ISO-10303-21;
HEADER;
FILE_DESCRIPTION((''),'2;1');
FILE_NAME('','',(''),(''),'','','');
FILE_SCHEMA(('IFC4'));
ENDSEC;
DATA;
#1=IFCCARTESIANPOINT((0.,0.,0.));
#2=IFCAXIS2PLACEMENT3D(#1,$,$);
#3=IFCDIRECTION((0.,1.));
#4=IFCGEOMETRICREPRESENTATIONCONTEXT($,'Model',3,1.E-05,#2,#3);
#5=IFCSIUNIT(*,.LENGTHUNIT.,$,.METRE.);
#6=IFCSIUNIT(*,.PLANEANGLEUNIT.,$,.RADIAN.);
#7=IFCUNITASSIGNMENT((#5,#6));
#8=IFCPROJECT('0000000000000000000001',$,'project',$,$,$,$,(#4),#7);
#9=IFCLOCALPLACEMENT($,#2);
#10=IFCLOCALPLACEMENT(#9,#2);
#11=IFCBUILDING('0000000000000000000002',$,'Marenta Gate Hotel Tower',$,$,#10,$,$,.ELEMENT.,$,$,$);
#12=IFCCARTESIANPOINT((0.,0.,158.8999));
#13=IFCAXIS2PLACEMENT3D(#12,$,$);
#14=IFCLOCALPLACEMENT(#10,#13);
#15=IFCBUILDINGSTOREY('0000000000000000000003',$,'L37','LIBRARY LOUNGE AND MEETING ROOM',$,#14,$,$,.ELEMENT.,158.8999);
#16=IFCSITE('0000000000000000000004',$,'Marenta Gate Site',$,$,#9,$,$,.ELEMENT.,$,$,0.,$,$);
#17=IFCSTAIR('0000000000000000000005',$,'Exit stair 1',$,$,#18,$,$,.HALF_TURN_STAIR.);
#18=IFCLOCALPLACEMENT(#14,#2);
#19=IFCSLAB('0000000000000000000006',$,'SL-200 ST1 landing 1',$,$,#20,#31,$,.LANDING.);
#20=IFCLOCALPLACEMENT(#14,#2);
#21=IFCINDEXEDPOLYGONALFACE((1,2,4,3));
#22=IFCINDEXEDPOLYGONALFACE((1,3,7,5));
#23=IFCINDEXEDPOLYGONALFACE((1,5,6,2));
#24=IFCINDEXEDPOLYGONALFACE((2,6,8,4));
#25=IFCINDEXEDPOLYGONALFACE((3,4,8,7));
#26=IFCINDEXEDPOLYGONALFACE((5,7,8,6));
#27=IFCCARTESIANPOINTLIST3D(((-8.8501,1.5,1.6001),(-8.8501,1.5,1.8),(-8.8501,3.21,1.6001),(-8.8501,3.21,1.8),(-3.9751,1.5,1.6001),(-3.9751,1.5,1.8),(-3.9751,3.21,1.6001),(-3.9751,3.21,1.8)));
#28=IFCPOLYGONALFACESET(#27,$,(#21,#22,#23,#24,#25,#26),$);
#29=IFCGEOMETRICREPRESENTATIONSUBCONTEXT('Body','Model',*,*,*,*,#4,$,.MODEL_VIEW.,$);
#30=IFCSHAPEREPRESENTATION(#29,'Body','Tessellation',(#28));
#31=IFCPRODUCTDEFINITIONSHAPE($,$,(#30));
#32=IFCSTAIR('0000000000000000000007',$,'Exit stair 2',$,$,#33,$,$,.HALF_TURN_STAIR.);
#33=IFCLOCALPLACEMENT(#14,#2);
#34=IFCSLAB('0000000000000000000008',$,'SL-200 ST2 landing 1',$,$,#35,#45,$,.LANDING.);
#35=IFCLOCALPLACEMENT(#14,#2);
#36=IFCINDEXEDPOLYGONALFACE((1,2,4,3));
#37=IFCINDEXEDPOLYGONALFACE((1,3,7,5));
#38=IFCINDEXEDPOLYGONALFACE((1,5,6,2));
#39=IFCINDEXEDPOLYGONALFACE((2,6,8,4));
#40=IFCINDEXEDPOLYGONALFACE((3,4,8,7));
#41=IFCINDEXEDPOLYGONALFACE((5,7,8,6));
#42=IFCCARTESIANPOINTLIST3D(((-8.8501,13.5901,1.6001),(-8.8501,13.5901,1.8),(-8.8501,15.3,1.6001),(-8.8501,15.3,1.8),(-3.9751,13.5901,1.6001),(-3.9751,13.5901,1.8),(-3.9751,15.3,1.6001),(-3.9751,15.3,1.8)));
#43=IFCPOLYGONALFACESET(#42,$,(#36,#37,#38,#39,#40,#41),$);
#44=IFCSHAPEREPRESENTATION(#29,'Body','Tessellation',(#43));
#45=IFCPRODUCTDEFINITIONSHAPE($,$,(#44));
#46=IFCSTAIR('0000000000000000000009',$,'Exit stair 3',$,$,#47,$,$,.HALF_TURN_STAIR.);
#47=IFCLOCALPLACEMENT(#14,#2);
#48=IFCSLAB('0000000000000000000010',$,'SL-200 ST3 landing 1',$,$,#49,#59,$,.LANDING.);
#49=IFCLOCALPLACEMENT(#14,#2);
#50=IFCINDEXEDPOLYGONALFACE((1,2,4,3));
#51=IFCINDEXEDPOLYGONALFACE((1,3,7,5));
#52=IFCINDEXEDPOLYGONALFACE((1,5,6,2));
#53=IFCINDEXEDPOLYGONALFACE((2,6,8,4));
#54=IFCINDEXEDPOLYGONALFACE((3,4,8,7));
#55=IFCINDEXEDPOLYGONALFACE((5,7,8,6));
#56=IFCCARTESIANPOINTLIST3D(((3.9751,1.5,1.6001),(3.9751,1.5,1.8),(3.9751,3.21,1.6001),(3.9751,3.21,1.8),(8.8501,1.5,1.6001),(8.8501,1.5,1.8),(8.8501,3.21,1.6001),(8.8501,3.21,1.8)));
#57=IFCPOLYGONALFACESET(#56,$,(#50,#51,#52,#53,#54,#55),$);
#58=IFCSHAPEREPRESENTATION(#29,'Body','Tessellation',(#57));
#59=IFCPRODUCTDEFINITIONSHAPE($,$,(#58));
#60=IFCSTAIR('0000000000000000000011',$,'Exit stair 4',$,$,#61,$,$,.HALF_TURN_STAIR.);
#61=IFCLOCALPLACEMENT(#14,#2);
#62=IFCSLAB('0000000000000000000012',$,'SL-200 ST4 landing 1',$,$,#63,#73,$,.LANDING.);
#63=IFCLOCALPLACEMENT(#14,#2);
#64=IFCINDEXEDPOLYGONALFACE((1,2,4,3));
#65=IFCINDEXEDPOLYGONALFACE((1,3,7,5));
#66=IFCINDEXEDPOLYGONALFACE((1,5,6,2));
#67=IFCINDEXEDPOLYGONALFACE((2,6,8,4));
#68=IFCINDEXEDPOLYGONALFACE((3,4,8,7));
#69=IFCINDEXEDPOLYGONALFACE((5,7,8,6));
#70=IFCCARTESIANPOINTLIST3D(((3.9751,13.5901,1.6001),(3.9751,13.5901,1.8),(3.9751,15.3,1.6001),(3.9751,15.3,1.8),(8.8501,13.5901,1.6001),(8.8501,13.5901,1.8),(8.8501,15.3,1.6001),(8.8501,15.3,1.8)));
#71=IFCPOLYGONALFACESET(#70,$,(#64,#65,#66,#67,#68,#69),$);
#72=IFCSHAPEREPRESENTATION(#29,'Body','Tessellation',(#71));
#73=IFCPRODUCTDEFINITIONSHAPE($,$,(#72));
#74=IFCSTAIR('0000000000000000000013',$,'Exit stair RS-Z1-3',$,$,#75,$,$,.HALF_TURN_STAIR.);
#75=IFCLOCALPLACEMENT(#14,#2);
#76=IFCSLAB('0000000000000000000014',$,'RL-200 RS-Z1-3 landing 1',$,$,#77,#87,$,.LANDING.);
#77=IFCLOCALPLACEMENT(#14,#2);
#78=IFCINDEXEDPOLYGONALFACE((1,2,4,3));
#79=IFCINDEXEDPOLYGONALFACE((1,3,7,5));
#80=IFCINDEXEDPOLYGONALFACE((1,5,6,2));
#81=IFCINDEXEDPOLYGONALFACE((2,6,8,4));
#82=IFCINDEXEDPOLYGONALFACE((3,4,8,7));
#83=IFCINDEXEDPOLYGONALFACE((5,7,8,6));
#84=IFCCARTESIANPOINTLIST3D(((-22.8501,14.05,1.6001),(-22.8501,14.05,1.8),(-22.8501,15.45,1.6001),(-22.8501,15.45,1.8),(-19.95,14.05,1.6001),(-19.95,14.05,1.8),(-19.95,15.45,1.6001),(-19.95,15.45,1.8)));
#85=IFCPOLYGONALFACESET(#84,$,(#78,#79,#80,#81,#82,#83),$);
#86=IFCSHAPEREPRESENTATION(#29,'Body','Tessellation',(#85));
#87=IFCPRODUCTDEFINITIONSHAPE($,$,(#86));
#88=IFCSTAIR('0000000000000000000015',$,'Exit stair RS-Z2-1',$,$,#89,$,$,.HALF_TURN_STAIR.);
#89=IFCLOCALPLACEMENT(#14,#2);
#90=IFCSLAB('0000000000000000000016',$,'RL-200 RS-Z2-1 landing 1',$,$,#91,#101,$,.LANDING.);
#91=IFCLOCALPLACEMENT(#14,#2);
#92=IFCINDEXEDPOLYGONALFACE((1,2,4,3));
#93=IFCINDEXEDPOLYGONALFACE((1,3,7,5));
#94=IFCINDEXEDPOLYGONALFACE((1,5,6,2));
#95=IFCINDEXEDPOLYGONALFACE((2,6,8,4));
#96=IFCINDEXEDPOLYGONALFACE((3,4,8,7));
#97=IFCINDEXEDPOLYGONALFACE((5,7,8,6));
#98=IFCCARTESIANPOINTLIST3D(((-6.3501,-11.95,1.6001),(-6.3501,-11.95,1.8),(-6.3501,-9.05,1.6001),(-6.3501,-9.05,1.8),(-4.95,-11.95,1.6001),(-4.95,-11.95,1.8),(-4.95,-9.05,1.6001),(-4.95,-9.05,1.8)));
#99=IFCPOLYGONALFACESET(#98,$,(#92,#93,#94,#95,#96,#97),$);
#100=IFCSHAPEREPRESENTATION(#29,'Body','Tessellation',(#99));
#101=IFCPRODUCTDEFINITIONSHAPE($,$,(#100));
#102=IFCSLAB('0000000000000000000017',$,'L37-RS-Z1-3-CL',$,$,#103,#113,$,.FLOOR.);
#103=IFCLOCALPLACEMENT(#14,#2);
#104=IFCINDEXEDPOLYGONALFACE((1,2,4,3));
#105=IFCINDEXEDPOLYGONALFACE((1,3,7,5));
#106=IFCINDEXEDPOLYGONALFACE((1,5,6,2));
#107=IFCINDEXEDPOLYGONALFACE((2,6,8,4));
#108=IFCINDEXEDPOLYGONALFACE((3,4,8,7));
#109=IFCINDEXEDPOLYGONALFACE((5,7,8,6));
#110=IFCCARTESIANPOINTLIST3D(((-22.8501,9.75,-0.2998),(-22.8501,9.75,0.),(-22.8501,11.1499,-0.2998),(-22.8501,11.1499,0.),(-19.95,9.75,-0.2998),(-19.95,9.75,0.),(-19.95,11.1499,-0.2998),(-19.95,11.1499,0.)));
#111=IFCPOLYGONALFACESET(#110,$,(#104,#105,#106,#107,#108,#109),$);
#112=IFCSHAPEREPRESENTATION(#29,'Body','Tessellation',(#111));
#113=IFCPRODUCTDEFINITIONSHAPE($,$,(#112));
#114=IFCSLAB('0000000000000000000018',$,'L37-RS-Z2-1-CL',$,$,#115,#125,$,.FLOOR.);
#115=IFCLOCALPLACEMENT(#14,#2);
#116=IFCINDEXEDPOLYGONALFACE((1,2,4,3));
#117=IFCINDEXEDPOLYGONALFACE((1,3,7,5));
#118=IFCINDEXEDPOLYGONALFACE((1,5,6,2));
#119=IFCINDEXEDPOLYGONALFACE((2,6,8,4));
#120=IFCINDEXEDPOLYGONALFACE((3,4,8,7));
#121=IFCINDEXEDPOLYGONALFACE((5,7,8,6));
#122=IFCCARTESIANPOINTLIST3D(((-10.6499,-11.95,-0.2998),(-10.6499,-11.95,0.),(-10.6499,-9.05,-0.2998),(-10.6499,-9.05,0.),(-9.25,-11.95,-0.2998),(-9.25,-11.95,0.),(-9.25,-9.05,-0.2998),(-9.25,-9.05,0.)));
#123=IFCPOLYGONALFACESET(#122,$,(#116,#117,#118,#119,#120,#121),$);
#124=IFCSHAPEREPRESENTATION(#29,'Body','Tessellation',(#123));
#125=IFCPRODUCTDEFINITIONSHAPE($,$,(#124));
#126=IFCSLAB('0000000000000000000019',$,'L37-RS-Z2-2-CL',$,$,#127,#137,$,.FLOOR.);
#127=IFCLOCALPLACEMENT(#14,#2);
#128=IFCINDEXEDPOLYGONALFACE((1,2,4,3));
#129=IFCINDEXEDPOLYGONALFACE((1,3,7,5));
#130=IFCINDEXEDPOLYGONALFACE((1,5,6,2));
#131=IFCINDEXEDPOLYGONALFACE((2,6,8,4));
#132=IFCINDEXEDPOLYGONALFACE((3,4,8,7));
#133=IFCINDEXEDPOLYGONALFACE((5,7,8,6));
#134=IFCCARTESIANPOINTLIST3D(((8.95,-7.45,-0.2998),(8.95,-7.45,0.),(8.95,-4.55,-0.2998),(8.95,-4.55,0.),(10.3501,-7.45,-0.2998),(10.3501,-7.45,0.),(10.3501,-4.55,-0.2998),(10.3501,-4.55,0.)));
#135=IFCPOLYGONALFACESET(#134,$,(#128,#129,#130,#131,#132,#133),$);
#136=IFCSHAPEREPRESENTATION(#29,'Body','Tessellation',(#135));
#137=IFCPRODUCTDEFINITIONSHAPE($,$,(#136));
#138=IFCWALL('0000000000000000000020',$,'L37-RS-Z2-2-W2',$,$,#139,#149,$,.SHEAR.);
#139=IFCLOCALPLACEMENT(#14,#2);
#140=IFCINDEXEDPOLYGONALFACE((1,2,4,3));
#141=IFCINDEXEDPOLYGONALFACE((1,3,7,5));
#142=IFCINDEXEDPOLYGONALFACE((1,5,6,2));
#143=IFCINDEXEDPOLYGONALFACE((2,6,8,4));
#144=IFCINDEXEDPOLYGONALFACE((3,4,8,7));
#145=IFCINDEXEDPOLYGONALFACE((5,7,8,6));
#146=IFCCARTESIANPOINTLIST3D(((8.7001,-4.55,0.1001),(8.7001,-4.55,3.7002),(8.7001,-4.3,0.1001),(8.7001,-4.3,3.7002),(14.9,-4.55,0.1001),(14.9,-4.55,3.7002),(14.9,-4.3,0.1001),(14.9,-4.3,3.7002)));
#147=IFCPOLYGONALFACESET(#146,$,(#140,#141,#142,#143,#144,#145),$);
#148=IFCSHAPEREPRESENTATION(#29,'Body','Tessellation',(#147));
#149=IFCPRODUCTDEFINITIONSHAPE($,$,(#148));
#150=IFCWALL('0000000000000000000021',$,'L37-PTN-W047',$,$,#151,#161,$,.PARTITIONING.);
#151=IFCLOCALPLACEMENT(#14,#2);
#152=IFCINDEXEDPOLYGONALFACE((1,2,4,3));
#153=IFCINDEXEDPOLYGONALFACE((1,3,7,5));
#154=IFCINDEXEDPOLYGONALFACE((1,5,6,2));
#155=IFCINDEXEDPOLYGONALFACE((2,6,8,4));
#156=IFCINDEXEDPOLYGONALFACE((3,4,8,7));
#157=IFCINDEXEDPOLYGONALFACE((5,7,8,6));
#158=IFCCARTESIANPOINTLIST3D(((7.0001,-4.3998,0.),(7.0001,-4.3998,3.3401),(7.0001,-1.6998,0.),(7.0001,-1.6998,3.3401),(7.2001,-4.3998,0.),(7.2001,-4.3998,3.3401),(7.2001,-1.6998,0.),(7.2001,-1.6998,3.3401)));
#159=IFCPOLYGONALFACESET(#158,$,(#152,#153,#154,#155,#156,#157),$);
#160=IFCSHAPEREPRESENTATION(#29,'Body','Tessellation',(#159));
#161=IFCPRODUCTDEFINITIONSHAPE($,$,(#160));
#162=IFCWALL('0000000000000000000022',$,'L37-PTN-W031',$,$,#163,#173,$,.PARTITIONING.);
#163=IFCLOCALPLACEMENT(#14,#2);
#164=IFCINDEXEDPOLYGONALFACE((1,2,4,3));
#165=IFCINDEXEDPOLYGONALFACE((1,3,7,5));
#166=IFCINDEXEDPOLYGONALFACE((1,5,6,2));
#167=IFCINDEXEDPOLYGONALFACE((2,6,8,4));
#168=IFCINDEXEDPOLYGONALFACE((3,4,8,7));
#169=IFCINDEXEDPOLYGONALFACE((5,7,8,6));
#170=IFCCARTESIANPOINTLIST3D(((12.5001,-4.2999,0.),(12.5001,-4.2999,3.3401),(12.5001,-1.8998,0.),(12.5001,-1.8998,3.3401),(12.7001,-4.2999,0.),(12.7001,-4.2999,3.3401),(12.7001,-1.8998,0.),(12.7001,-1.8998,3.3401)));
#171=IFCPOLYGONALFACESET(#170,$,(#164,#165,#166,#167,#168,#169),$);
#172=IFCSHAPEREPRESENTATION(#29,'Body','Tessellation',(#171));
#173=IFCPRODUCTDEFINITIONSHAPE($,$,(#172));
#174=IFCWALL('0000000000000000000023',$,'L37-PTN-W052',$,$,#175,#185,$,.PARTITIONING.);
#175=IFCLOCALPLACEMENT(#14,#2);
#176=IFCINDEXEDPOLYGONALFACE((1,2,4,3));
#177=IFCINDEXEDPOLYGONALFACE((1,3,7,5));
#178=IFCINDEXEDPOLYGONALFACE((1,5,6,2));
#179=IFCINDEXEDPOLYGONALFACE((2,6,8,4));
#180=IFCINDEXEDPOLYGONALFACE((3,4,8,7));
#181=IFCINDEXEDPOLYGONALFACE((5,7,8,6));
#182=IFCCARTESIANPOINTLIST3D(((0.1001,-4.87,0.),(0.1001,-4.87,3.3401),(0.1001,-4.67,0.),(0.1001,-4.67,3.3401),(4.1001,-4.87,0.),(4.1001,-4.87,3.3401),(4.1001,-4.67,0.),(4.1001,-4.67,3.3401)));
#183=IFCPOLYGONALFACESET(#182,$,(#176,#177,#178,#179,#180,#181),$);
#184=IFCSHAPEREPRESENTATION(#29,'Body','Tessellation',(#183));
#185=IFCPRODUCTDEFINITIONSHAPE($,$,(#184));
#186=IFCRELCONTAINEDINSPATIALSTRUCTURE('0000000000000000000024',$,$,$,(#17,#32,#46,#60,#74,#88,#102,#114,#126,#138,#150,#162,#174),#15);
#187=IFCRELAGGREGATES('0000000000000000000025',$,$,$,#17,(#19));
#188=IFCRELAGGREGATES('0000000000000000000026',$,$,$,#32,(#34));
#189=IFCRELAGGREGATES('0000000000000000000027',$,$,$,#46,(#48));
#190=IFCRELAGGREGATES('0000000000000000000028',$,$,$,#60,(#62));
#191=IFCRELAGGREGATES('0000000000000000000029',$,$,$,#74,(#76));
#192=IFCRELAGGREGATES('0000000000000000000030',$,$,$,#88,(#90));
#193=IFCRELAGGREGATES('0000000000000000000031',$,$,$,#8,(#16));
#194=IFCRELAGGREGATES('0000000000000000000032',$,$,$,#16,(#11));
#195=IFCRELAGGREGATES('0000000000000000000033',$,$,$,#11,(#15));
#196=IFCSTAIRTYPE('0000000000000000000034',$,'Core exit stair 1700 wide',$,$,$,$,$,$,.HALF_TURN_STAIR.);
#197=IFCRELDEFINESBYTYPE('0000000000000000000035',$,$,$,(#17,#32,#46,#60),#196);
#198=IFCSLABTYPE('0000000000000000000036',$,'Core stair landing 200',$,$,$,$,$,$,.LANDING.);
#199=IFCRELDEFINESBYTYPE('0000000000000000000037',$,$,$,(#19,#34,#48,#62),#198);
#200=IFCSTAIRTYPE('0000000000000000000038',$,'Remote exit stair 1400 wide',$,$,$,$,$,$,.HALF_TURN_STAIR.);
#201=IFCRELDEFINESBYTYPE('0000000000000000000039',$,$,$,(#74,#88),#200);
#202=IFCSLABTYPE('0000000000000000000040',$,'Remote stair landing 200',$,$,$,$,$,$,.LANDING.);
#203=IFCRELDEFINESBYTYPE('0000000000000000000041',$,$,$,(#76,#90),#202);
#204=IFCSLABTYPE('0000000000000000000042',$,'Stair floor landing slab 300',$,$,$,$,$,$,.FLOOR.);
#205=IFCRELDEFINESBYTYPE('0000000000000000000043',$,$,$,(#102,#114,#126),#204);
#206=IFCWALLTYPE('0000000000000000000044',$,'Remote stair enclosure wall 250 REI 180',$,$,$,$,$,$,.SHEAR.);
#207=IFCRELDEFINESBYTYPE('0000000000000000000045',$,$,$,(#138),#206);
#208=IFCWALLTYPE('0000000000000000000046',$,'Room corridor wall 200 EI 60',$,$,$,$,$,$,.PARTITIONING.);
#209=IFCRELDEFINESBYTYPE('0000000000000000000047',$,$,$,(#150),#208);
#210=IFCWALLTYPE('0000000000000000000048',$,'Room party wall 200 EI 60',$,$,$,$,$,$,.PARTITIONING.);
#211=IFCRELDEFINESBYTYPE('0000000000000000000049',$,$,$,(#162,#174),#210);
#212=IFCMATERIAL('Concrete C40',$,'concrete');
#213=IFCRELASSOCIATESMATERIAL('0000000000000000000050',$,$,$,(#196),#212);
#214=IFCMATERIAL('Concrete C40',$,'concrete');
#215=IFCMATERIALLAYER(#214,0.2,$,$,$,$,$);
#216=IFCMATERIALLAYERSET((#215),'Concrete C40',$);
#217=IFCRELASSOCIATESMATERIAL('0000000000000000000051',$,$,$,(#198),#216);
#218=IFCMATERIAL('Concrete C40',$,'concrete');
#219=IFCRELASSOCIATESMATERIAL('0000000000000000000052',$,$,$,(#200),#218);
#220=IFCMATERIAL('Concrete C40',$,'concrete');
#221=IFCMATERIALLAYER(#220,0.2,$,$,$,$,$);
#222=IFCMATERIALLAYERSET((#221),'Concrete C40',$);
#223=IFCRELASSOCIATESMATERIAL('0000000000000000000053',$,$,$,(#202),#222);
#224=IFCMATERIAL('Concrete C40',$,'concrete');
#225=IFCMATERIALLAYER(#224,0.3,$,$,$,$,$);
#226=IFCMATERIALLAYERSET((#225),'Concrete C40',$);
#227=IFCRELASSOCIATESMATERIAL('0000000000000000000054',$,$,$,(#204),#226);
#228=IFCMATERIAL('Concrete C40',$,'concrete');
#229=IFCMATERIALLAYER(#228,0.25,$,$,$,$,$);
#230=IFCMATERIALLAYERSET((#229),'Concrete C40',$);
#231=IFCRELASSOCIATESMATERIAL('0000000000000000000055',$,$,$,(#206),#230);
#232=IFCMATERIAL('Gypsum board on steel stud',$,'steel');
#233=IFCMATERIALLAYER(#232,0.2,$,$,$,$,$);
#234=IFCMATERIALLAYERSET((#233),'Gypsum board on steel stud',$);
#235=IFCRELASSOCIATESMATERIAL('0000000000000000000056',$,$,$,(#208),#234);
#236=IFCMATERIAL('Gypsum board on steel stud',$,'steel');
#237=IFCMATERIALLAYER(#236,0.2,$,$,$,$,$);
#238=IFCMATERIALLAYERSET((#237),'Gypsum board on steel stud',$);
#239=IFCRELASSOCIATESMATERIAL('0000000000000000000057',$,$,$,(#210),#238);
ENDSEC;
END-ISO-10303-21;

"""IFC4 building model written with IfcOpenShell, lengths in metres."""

from ifc_helpers import new_model, si_unit, direction, frame, frame_2d, origin, place, context, subcontext, project, spatial, polyline, rectangle, outline, extrude, material, layer, layer_set, type_object, element, aggregate, save


model = new_model("IFC4")

# Units and contexts
model_context = context("Model", 3, precision=1e-05, world=origin(), true_north=direction((0.0, 1.0)))
body_context = subcontext(model_context, "Body", "Model", "MODEL_VIEW")
ifc_project = project(units=[si_unit("LENGTHUNIT", "METRE"), si_unit("PLANEANGLEUNIT", "RADIAN")], contexts=[model_context])

# Site, building, storey
site_placement = place(None, origin())
site = spatial("IfcSite", under=ifc_project, at=site_placement, Name="Marenta Gate Site", CompositionType="ELEMENT", RefElevation=0.0)
building_placement = place(site_placement, origin())
building = spatial("IfcBuilding", under=site, at=building_placement, Name="Marenta Gate Hotel Tower", CompositionType="ELEMENT")
storey_placement = place(building_placement, frame((0.0, 0.0, 158.8999)))
storey = spatial("IfcBuildingStorey", under=building, at=storey_placement, Name="L37", Description="LIBRARY LOUNGE AND MEETING ROOM", CompositionType="ELEMENT", Elevation=158.8999)

# Stairs, slabs
ifc_material_1 = material(Name="Concrete C40", Category="concrete")
stair_type_1 = type_object("IfcStairType", Name="Core exit stair 1700 wide", PredefinedType="HALF_TURN_STAIR", material=ifc_material_1)
stair_1_placement = place(storey_placement, origin())
stair_1 = element("IfcStair", 1, at=stair_1_placement, inside=storey, type_object=stair_type_1, Name="Exit stair 1", PredefinedType="HALF_TURN_STAIR")
ifc_material_2 = material(Name="Concrete C40", Category="concrete")
ifc_layer_1 = layer(ifc_material_2, 0.2)
ifc_layer_set_1 = layer_set([ifc_layer_1], Name="Concrete C40")
slab_type_1 = type_object("IfcSlabType", Name="Core stair landing 200", PredefinedType="LANDING", material=ifc_layer_set_1)
slab_1_placement = place(storey_placement, frame((0.0, 0.0, 1.6001)))
slab_1 = element("IfcSlab", 2, at=slab_1_placement, type_object=slab_type_1, Name="SL-200 ST1 landing 1", PredefinedType="LANDING", context=body_context, shape_type="SweptSolid", body=[
    extrude(outline(polyline([(-8.8501, 1.5), (-3.9751, 1.5), (-3.9751, 3.21), (-8.8501, 3.21), (-8.8501, 1.5)])), origin(), (0.0, 0.0, 1.0), 0.2),
])
aggregate(stair_1, [slab_1])
stair_2_placement = place(storey_placement, origin())
stair_2 = element("IfcStair", 3, at=stair_2_placement, inside=storey, type_object=stair_type_1, Name="Exit stair 2", PredefinedType="HALF_TURN_STAIR")
slab_2_placement = place(storey_placement, frame((0.0, 0.0, 1.6001)))
slab_2 = element("IfcSlab", 4, at=slab_2_placement, type_object=slab_type_1, Name="SL-200 ST2 landing 1", PredefinedType="LANDING", context=body_context, shape_type="SweptSolid", body=[
    extrude(outline(polyline([(-8.8501, 13.5901), (-3.9751, 13.5901), (-3.9751, 15.3), (-8.8501, 15.3), (-8.8501, 13.5901)])), origin(), (0.0, 0.0, 1.0), 0.2),
])
aggregate(stair_2, [slab_2])
stair_3_placement = place(storey_placement, origin())
stair_3 = element("IfcStair", 5, at=stair_3_placement, inside=storey, type_object=stair_type_1, Name="Exit stair 3", PredefinedType="HALF_TURN_STAIR")
slab_3_placement = place(storey_placement, frame((0.0, 0.0, 1.6001)))
slab_3 = element("IfcSlab", 6, at=slab_3_placement, type_object=slab_type_1, Name="SL-200 ST3 landing 1", PredefinedType="LANDING", context=body_context, shape_type="SweptSolid", body=[
    extrude(outline(polyline([(3.9751, 1.5), (8.8501, 1.5), (8.8501, 3.21), (3.9751, 3.21), (3.9751, 1.5)])), origin(), (0.0, 0.0, 1.0), 0.2),
])
aggregate(stair_3, [slab_3])
stair_4_placement = place(storey_placement, origin())
stair_4 = element("IfcStair", 7, at=stair_4_placement, inside=storey, type_object=stair_type_1, Name="Exit stair 4", PredefinedType="HALF_TURN_STAIR")
slab_4_placement = place(storey_placement, frame((0.0, 0.0, 1.6001)))
slab_4 = element("IfcSlab", 8, at=slab_4_placement, type_object=slab_type_1, Name="SL-200 ST4 landing 1", PredefinedType="LANDING", context=body_context, shape_type="SweptSolid", body=[
    extrude(outline(polyline([(3.9751, 13.5901), (8.8501, 13.5901), (8.8501, 15.3), (3.9751, 15.3), (3.9751, 13.5901)])), origin(), (0.0, 0.0, 1.0), 0.2),
])
aggregate(stair_4, [slab_4])
ifc_material_3 = material(Name="Concrete C40", Category="concrete")
stair_type_2 = type_object("IfcStairType", Name="Remote exit stair 1400 wide", PredefinedType="HALF_TURN_STAIR", material=ifc_material_3)
stair_5_placement = place(storey_placement, origin())
stair_5 = element("IfcStair", 9, at=stair_5_placement, inside=storey, type_object=stair_type_2, Name="Exit stair RS-Z1-3", PredefinedType="HALF_TURN_STAIR")
ifc_material_4 = material(Name="Concrete C40", Category="concrete")
ifc_layer_2 = layer(ifc_material_4, 0.2)
ifc_layer_set_2 = layer_set([ifc_layer_2], Name="Concrete C40")
slab_type_2 = type_object("IfcSlabType", Name="Remote stair landing 200", PredefinedType="LANDING", material=ifc_layer_set_2)
slab_5_placement = place(storey_placement, frame((0.0, 0.0, 1.6001)))
slab_5 = element("IfcSlab", 10, at=slab_5_placement, type_object=slab_type_2, Name="RL-200 RS-Z1-3 landing 1", PredefinedType="LANDING", context=body_context, shape_type="SweptSolid", body=[
    extrude(outline(polyline([(-22.8501, 14.05), (-19.95, 14.05), (-19.95, 15.45), (-22.8501, 15.45), (-22.8501, 14.05)])), origin(), (0.0, 0.0, 1.0), 0.2),
])
aggregate(stair_5, [slab_5])
stair_6_placement = place(storey_placement, origin())
stair_6 = element("IfcStair", 11, at=stair_6_placement, inside=storey, type_object=stair_type_2, Name="Exit stair RS-Z2-1", PredefinedType="HALF_TURN_STAIR")
slab_6_placement = place(storey_placement, frame((0.0, 0.0, 1.6001)))
slab_6 = element("IfcSlab", 12, at=slab_6_placement, type_object=slab_type_2, Name="RL-200 RS-Z2-1 landing 1", PredefinedType="LANDING", context=body_context, shape_type="SweptSolid", body=[
    extrude(outline(polyline([(-6.3501, -11.95), (-4.95, -11.95), (-4.95, -9.05), (-6.3501, -9.05), (-6.3501, -11.95)])), origin(), (0.0, 0.0, 1.0), 0.2),
])
aggregate(stair_6, [slab_6])

# Slabs
ifc_material_5 = material(Name="Concrete C40", Category="concrete")
ifc_layer_3 = layer(ifc_material_5, 0.3)
ifc_layer_set_3 = layer_set([ifc_layer_3], Name="Concrete C40")
slab_type_3 = type_object("IfcSlabType", Name="Stair floor landing slab 300", PredefinedType="FLOOR", material=ifc_layer_set_3)
slab_7_placement = place(storey_placement, frame((0.0, 0.0, -0.2998)))
element("IfcSlab", 13, at=slab_7_placement, inside=storey, type_object=slab_type_3, Name="L37-RS-Z1-3-CL", PredefinedType="FLOOR", context=body_context, shape_type="SweptSolid", body=[
    extrude(outline(polyline([(-19.95, 9.75), (-19.95, 11.1499), (-22.8501, 11.1499), (-22.8501, 9.75), (-19.95, 9.75)])), origin(), (0.0, 0.0, 1.0), 0.2998),
])
slab_8_placement = place(storey_placement, frame((0.0, 0.0, -0.2998)))
element("IfcSlab", 14, at=slab_8_placement, inside=storey, type_object=slab_type_3, Name="L37-RS-Z2-1-CL", PredefinedType="FLOOR", context=body_context, shape_type="SweptSolid", body=[
    extrude(outline(polyline([(-9.25, -11.95), (-9.25, -9.05), (-10.6499, -9.05), (-10.6499, -11.95), (-9.25, -11.95)])), origin(), (0.0, 0.0, 1.0), 0.2998),
])
slab_9_placement = place(storey_placement, frame((0.0, 0.0, -0.2998)))
element("IfcSlab", 15, at=slab_9_placement, inside=storey, type_object=slab_type_3, Name="L37-RS-Z2-2-CL", PredefinedType="FLOOR", context=body_context, shape_type="SweptSolid", body=[
    extrude(outline(polyline([(10.3501, -7.45), (10.3501, -4.55), (8.95, -4.55), (8.95, -7.45), (10.3501, -7.45)])), origin(), (0.0, 0.0, 1.0), 0.2998),
])

# Wall
ifc_material_6 = material(Name="Concrete C40", Category="concrete")
ifc_layer_4 = layer(ifc_material_6, 0.25)
ifc_layer_set_4 = layer_set([ifc_layer_4], Name="Concrete C40")
wall_type_1 = type_object("IfcWallType", Name="Remote stair enclosure wall 250 REI 180", PredefinedType="SHEAR", material=ifc_layer_set_4)
wall_1_placement = place(storey_placement, frame((8.7, -4.425, 0.1001), z_axis=(0.0, 0.0, 1.0), x_axis=(1.0, 0.0, 0.0)))
element("IfcWall", 16, at=wall_1_placement, inside=storey, type_object=wall_type_1, Name="L37-RS-Z2-2-W2", PredefinedType="SHEAR", context=body_context, shape_type="SweptSolid", body=[
    extrude(rectangle(XDim=6.2, YDim=0.25, at=frame_2d((3.1001, 0.0))), origin(), (0.0, 0.0, 1.0), 3.6001),
])

# Shared definitions
ifc_material_7 = material(Name="Gypsum board on steel stud", Category="steel")
ifc_layer_5 = layer(ifc_material_7, 0.2)
ifc_layer_set_5 = layer_set([ifc_layer_5], Name="Gypsum board on steel stud")
wall_type_2 = type_object("IfcWallType", Name="Room corridor wall 200 EI 60", PredefinedType="PARTITIONING", material=ifc_layer_set_5)

# Wall
wall_2_placement = place(storey_placement, frame((7.1001, -4.3999, 0.0), z_axis=(0.0, 0.0, 1.0), x_axis=(0.0, 1.0, 0.0)))
element("IfcWall", 17, at=wall_2_placement, inside=storey, type_object=wall_type_2, Name="L37-PTN-W047", PredefinedType="PARTITIONING", context=body_context, shape_type="SweptSolid", body=[
    extrude(rectangle(XDim=2.7, YDim=0.2, at=frame_2d((1.3501, 0.0))), origin(), (0.0, 0.0, 1.0), 3.3401),
])

# Walls
ifc_material_8 = material(Name="Gypsum board on steel stud", Category="steel")
ifc_layer_6 = layer(ifc_material_8, 0.2)
ifc_layer_set_6 = layer_set([ifc_layer_6], Name="Gypsum board on steel stud")
wall_type_3 = type_object("IfcWallType", Name="Room party wall 200 EI 60", PredefinedType="PARTITIONING", material=ifc_layer_set_6)
wall_3_placement = place(storey_placement, frame((12.6001, -4.3, 0.0), z_axis=(0.0, 0.0, 1.0), x_axis=(0.0, 1.0, 0.0)))
element("IfcWall", 18, at=wall_3_placement, inside=storey, type_object=wall_type_3, Name="L37-PTN-W031", PredefinedType="PARTITIONING", context=body_context, shape_type="SweptSolid", body=[
    extrude(rectangle(XDim=2.4001, YDim=0.2, at=frame_2d((1.2002, 0.0))), origin(), (0.0, 0.0, 1.0), 3.3401),
])
wall_4_placement = place(storey_placement, frame((0.1001, -4.77, 0.0), z_axis=(0.0, 0.0, 1.0), x_axis=(1.0, 0.0, 0.0)))
element("IfcWall", 19, at=wall_4_placement, inside=storey, type_object=wall_type_3, Name="L37-PTN-W052", PredefinedType="PARTITIONING", context=body_context, shape_type="SweptSolid", body=[
    extrude(rectangle(XDim=4.0, YDim=0.2, at=frame_2d((2.0, 0.0))), origin(), (0.0, 0.0, 1.0), 3.3401),
])

save(model, "model.ifc")
